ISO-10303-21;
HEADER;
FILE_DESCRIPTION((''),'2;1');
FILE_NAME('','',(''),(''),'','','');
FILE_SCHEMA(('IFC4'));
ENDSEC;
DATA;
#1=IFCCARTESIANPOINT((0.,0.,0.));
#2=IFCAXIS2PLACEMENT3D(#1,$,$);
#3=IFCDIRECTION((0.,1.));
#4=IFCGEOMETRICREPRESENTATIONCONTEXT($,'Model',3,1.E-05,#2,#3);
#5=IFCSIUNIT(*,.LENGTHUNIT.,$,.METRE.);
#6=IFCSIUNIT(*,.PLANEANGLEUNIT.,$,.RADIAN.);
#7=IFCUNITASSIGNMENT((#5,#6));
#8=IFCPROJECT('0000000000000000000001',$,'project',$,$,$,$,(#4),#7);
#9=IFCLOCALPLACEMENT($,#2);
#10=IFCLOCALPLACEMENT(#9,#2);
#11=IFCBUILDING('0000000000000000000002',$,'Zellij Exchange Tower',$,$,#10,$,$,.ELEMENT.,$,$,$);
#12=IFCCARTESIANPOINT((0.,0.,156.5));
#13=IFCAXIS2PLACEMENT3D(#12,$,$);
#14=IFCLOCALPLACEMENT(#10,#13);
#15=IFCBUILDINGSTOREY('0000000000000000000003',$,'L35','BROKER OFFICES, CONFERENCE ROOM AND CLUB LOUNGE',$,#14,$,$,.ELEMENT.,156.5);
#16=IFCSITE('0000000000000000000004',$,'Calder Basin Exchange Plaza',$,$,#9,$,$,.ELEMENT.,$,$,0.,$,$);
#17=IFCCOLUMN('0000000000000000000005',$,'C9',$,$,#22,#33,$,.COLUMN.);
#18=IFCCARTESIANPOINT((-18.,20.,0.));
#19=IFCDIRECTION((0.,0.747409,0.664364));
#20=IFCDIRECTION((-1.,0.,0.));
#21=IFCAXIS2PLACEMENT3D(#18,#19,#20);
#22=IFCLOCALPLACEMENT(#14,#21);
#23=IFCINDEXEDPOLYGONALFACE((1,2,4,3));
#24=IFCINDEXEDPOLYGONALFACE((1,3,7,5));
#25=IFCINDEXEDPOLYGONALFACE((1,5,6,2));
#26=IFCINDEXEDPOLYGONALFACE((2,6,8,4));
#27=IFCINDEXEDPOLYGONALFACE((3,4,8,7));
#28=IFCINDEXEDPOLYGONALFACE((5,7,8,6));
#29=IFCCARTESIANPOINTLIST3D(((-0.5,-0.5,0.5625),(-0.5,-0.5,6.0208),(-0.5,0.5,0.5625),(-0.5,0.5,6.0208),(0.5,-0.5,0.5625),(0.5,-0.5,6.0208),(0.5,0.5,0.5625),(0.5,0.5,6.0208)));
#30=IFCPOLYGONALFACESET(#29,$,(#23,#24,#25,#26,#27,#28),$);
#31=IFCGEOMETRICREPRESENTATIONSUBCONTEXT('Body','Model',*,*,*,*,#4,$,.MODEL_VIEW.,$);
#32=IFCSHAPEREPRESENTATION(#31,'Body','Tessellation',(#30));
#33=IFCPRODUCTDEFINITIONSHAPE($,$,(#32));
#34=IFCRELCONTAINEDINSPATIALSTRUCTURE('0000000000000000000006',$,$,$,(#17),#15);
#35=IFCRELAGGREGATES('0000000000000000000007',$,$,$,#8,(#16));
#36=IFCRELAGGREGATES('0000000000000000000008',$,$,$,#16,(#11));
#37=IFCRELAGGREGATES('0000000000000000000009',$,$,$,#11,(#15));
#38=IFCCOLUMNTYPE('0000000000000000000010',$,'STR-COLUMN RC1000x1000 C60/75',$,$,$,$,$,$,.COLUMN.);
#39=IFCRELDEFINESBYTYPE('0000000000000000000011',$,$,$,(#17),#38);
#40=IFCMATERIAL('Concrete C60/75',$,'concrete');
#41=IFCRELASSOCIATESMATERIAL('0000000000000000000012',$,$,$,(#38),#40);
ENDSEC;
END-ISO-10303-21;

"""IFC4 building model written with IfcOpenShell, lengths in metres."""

from ifc_helpers import new_model, si_unit, direction, frame, origin, origin_2d, place, context, subcontext, project, spatial, rectangle, extrude, clip, halfspace, material, material_profile, profile_set, type_object, element, save


model = new_model("IFC4")

# Units and contexts
model_context = context("Model", 3, precision=1e-05, world=origin(), true_north=direction((0.0, 1.0)))
body_context = subcontext(model_context, "Body", "Model", "MODEL_VIEW")
ifc_project = project(units=[si_unit("LENGTHUNIT", "METRE"), si_unit("PLANEANGLEUNIT", "RADIAN")], contexts=[model_context])

# Site, building, storey
site_placement = place(None, origin())
site = spatial("IfcSite", under=ifc_project, at=site_placement, Name="Calder Basin Exchange Plaza", CompositionType="ELEMENT", RefElevation=0.0)
building_placement = place(site_placement, origin())
building = spatial("IfcBuilding", under=site, at=building_placement, Name="Zellij Exchange Tower", CompositionType="ELEMENT")
storey_placement = place(building_placement, frame((0.0, 0.0, 156.5)))
storey = spatial("IfcBuildingStorey", under=building, at=storey_placement, Name="L35", Description="BROKER OFFICES, CONFERENCE ROOM AND CLUB LOUNGE", CompositionType="ELEMENT", Elevation=156.5)

# Column
ifc_material_1 = material(Name="Concrete C60/75", Category="concrete")
ifc_material_profile_1 = material_profile(ifc_material_1, rectangle(XDim=1.0, YDim=1.0, at=origin_2d()), Name="STR-COLUMN RC1000x1000 C60/75")
ifc_profile_set_1 = profile_set([ifc_material_profile_1], Name="Concrete C60/75")
column_type_1 = type_object("IfcColumnType", Name="STR-COLUMN RC1000x1000 C60/75", PredefinedType="COLUMN", material=ifc_profile_set_1)
column_placement = place(storey_placement, frame((-18.0, 20.0, 0.0), z_axis=(0.0, 0.747409, 0.664364), x_axis=(-1.0, 0.0, 0.0)))
element("IfcColumn", 1, at=column_placement, inside=storey, type_object=column_type_1, Name="C9", PredefinedType="COLUMN", context=body_context, shape_type="Clipping", body=[
    clip(extrude(rectangle(XDim=1.0, YDim=1.0, at=origin_2d()), origin(), (0.0, 0.0, 1.0), 6.0208), halfspace(frame((0.0, 0.0, 0.5625)), True)),
])

save(model, "model.ifc")
